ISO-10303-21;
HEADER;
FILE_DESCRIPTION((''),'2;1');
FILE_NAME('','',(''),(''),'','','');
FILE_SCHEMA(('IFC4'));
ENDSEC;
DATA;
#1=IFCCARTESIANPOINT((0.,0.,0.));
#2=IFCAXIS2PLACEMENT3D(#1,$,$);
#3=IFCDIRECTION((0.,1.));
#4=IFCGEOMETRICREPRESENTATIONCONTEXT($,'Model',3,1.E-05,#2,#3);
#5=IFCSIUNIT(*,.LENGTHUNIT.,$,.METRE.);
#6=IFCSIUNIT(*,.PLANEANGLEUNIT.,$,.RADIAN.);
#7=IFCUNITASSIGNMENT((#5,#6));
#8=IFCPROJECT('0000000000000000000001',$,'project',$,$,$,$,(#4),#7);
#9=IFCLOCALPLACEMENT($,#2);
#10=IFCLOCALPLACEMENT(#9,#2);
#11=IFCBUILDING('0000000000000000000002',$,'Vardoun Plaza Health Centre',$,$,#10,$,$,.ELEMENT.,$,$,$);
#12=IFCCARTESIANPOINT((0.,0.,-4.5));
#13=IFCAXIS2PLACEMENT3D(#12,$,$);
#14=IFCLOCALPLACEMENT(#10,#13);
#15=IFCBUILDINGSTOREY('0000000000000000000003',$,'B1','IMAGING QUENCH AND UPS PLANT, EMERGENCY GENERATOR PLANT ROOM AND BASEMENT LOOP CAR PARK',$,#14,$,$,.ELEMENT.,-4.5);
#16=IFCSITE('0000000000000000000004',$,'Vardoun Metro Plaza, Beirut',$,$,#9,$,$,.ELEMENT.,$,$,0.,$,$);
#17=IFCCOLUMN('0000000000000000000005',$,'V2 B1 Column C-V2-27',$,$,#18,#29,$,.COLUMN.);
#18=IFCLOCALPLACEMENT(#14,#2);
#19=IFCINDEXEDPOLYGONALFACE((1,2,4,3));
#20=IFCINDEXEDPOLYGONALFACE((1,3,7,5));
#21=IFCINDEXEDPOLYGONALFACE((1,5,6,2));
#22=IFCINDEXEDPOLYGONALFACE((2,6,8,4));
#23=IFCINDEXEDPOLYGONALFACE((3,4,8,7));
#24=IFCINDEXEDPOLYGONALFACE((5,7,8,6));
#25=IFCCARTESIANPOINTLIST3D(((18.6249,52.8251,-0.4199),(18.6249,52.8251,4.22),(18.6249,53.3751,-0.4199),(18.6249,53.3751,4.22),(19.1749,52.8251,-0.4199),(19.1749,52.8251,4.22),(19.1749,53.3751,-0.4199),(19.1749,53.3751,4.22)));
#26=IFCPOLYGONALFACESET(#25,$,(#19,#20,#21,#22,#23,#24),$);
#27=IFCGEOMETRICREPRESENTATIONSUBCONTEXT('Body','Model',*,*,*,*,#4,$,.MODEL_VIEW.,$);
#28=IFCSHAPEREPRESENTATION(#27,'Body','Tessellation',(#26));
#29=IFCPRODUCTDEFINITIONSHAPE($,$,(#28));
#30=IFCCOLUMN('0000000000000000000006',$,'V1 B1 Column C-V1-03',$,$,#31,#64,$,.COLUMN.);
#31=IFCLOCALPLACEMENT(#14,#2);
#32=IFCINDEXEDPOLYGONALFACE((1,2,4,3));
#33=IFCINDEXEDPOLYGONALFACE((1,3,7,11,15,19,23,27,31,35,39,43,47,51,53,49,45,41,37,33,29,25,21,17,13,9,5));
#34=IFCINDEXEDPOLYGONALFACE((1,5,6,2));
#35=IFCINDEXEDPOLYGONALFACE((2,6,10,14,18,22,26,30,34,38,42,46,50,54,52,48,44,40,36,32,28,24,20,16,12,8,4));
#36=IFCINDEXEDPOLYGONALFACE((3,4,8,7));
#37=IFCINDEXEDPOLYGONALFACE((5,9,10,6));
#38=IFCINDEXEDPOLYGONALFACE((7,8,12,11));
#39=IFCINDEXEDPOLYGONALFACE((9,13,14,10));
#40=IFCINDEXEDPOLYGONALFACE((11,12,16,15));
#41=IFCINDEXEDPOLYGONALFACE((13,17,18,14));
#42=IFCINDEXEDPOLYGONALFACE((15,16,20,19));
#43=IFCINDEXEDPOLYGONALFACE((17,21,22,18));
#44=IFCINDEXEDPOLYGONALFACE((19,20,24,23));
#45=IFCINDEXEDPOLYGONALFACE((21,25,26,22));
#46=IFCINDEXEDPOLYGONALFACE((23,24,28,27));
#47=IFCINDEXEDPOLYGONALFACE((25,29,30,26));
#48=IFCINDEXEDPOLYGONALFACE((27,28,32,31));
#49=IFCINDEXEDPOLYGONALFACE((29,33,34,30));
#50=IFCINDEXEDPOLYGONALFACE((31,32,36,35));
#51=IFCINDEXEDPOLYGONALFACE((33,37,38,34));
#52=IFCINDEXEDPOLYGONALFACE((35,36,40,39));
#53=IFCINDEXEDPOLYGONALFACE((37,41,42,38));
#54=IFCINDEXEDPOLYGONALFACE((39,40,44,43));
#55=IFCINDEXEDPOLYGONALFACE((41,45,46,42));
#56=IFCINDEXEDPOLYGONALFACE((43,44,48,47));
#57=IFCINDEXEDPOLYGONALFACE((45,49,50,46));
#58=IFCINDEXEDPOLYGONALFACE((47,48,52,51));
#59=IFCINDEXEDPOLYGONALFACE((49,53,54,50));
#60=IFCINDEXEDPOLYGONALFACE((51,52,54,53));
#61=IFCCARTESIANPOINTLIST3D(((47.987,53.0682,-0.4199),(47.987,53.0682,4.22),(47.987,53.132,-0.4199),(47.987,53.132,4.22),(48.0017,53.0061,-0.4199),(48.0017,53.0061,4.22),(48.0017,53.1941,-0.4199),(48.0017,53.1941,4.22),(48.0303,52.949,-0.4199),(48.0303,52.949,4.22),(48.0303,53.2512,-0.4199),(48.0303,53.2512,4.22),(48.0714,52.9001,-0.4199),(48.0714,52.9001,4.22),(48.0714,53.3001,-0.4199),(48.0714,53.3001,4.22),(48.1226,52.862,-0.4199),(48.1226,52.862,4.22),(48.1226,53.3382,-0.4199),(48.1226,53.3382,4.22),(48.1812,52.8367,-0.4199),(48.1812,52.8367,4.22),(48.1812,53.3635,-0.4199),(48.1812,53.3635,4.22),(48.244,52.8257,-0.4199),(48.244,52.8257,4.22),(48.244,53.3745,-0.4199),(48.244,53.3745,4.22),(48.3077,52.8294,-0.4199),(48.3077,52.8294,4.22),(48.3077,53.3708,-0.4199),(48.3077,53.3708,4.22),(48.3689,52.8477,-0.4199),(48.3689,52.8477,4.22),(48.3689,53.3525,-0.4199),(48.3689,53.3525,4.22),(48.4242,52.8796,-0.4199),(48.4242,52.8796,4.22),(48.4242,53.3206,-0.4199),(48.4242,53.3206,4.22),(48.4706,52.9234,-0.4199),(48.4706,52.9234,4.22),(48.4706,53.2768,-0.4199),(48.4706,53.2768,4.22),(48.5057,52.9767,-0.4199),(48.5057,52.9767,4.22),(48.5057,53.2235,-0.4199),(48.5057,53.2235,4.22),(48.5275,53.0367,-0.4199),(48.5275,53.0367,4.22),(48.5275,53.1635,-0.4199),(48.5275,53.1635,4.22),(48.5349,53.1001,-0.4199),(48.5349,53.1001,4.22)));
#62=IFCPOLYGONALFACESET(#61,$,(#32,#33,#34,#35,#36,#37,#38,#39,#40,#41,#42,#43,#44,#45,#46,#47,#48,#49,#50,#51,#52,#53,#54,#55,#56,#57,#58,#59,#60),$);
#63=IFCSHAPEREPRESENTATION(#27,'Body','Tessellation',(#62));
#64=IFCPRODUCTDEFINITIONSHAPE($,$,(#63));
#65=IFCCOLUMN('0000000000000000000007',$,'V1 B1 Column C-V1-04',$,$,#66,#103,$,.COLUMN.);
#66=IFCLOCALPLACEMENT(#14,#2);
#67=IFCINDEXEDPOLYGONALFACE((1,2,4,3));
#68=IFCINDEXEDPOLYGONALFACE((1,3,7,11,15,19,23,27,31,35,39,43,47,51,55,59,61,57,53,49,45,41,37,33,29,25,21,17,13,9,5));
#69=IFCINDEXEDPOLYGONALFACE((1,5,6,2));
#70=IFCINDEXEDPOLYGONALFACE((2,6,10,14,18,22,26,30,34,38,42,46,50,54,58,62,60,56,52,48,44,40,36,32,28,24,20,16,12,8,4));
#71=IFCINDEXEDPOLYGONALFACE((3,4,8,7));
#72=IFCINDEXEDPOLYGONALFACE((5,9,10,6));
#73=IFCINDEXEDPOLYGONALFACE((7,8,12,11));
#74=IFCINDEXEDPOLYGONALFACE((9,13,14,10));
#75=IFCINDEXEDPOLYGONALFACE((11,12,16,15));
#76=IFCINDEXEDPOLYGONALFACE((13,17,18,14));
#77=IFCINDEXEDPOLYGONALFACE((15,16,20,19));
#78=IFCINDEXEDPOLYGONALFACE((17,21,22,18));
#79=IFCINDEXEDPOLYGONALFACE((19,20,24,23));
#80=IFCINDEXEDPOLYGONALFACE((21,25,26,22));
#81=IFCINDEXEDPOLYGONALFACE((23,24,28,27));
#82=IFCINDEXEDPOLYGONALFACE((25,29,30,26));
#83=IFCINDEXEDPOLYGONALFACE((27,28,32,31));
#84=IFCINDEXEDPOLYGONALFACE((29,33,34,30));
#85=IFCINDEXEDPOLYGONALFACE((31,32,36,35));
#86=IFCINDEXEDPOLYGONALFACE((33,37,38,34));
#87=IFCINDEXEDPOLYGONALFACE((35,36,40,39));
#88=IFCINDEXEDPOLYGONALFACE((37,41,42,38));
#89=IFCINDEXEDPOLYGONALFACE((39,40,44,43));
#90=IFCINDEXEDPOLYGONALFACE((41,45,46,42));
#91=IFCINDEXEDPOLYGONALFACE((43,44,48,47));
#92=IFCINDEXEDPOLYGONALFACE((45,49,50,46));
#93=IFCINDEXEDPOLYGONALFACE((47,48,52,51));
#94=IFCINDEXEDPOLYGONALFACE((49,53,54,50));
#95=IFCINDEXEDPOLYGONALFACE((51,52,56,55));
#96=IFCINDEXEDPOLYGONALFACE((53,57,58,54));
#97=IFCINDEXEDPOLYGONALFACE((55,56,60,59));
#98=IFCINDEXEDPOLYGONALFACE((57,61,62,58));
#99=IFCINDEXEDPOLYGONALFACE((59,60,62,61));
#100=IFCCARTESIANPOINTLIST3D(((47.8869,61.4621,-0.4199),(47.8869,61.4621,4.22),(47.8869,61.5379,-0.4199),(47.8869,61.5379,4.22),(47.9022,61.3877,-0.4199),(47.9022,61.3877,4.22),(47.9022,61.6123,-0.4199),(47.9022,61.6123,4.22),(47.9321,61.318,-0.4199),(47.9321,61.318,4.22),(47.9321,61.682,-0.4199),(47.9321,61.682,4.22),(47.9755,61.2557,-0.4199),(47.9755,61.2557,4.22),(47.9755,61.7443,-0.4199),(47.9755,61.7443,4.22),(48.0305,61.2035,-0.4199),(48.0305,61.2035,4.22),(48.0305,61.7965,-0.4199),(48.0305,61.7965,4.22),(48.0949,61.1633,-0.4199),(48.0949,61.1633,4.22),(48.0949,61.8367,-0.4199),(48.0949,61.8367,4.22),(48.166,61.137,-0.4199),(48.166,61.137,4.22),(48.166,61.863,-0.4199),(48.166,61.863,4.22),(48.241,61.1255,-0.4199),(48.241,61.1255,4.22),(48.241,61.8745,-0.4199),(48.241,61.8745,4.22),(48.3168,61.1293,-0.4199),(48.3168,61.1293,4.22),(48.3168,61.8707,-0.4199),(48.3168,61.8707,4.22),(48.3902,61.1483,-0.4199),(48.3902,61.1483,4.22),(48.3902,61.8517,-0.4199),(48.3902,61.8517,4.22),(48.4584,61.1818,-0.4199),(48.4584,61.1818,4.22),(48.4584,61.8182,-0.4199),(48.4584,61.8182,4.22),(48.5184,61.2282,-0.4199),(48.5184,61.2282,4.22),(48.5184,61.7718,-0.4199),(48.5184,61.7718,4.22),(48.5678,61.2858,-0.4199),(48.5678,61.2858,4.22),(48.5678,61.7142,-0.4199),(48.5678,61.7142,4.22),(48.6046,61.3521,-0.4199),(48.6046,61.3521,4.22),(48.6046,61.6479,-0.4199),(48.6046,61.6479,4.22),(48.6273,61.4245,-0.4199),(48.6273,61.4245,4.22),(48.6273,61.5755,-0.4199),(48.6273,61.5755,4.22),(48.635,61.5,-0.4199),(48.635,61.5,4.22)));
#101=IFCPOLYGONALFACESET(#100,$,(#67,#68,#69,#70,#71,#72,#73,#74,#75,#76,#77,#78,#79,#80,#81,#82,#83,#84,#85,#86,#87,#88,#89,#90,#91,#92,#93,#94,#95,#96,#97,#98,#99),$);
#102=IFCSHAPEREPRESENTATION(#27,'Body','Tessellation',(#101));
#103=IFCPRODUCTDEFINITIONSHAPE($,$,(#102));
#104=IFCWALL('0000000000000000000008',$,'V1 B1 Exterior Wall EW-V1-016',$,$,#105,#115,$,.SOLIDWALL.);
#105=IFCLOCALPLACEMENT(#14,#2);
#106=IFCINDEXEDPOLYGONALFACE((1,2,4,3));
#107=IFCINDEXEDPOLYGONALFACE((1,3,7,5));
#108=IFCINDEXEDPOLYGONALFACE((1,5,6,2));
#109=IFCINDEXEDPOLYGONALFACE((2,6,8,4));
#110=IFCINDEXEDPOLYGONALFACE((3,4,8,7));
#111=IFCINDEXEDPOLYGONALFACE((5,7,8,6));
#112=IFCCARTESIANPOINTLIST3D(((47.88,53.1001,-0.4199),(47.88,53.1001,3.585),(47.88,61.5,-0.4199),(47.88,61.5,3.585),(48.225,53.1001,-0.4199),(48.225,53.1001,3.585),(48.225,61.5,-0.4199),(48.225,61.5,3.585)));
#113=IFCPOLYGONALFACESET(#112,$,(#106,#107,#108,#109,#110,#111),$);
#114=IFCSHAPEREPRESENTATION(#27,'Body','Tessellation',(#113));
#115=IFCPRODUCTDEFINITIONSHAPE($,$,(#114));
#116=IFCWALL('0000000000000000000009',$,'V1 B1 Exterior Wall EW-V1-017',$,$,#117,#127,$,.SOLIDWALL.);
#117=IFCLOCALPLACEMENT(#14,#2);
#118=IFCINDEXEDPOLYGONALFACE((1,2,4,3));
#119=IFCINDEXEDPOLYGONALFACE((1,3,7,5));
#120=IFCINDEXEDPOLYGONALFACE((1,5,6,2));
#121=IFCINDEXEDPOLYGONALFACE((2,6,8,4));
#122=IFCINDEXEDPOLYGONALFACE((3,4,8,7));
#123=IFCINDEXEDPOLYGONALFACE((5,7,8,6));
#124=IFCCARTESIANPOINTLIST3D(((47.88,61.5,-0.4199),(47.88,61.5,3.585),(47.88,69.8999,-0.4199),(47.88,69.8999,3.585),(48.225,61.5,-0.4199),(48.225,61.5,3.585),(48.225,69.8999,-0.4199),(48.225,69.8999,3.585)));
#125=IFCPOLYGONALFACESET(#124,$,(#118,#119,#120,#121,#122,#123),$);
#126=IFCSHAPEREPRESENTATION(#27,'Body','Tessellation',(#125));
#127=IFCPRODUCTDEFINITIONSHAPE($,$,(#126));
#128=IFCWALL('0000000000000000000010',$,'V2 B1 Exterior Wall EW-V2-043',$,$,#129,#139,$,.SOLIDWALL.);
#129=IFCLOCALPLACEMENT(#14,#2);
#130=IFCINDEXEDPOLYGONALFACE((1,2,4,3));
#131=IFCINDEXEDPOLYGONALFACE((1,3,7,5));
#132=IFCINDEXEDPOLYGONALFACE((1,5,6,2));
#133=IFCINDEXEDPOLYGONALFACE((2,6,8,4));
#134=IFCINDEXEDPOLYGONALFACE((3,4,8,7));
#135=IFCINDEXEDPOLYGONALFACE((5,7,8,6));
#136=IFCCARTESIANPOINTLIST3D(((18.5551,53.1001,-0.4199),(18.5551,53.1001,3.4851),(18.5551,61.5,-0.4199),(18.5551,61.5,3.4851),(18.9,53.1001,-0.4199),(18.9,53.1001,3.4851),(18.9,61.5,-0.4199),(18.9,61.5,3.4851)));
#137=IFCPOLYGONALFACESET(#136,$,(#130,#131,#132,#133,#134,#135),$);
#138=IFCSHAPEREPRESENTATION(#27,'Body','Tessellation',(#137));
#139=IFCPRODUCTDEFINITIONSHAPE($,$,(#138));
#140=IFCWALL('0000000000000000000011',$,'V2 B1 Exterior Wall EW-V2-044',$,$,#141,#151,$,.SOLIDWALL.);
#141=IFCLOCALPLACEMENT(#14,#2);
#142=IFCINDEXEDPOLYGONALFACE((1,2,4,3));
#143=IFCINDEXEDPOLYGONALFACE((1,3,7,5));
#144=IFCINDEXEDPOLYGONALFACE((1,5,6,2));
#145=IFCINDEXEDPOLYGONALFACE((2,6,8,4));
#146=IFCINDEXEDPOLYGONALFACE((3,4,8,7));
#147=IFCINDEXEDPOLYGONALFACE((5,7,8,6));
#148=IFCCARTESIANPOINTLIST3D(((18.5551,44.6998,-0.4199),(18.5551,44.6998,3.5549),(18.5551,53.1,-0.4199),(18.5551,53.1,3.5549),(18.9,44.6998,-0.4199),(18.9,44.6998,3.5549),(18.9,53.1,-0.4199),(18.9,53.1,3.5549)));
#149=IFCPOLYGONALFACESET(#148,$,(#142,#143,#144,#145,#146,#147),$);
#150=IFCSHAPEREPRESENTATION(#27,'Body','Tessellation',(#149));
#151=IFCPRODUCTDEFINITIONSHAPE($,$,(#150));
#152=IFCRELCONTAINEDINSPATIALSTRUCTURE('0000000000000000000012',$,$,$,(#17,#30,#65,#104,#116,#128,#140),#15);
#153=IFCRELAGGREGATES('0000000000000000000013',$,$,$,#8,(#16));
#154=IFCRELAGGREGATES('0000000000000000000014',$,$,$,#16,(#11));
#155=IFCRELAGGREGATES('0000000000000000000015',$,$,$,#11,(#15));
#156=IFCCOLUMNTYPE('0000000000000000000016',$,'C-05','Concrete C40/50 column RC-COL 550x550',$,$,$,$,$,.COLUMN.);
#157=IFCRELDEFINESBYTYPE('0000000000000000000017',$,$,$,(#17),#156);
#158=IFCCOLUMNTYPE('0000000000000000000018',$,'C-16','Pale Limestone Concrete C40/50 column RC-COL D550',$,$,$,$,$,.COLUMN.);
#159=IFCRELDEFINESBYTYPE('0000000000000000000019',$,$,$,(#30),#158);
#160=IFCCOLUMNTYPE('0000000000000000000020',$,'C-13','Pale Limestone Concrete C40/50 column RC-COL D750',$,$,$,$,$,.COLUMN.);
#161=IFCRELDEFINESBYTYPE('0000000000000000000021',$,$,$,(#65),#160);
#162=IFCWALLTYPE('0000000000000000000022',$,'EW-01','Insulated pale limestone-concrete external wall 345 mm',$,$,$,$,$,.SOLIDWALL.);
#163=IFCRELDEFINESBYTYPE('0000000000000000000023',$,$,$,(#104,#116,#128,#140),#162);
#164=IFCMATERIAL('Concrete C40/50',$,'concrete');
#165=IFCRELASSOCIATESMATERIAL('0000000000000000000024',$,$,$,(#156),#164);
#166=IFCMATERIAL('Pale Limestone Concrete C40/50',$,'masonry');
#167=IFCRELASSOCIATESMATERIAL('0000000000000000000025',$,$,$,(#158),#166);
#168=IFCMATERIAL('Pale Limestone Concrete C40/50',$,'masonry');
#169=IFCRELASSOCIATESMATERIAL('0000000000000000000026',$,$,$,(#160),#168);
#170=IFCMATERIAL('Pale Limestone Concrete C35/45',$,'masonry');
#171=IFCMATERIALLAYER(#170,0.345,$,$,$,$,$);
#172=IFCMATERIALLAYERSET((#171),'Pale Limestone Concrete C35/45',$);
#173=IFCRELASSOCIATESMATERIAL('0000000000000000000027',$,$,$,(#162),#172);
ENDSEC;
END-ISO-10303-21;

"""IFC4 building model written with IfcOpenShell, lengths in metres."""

from ifc_helpers import new_model, si_unit, direction, frame, frame_2d, origin, origin_2d, place, context, subcontext, project, spatial, rectangle, circle, extrude, material, layer, layer_set, material_profile, profile_set, type_object, element, save


model = new_model("IFC4")

# Units and contexts
model_context = context("Model", 3, precision=1e-05, world=origin(), true_north=direction((0.0, 1.0)))
body_context = subcontext(model_context, "Body", "Model", "MODEL_VIEW")
ifc_project = project(units=[si_unit("LENGTHUNIT", "METRE"), si_unit("PLANEANGLEUNIT", "RADIAN")], contexts=[model_context])

# Site, building, storey
site_placement = place(None, origin())
site = spatial("IfcSite", under=ifc_project, at=site_placement, Name="Vardoun Metro Plaza, Beirut", CompositionType="ELEMENT", RefElevation=0.0)
building_placement = place(site_placement, origin())
building = spatial("IfcBuilding", under=site, at=building_placement, Name="Vardoun Plaza Health Centre", CompositionType="ELEMENT")
storey_placement = place(building_placement, frame((0.0, 0.0, -4.5)))
storey = spatial("IfcBuildingStorey", under=building, at=storey_placement, Name="B1", Description="IMAGING QUENCH AND UPS PLANT, EMERGENCY GENERATOR PLANT ROOM AND BASEMENT LOOP CAR PARK", CompositionType="ELEMENT", Elevation=-4.5)

# Columns
ifc_material_1 = material(Name="Concrete C40/50", Category="concrete")
ifc_material_profile_1 = material_profile(ifc_material_1, rectangle(XDim=0.55, YDim=0.55, at=origin_2d()), Name="RC-COL 550x550")
ifc_profile_set_1 = profile_set([ifc_material_profile_1], Name="Concrete C40/50")
column_type_1 = type_object("IfcColumnType", Name="C-05", Description="Concrete C40/50 column RC-COL 550x550", PredefinedType="COLUMN", material=ifc_profile_set_1)
column_1_placement = place(storey_placement, frame((18.8999, 53.1001, -0.4199), z_axis=(0.0, 0.0, 1.0), x_axis=(1.0, 0.0, 0.0)))
element("IfcColumn", 1, at=column_1_placement, inside=storey, type_object=column_type_1, Name="V2 B1 Column C-V2-27", PredefinedType="COLUMN", context=body_context, shape_type="SweptSolid", body=[
    extrude(rectangle(XDim=0.55, YDim=0.55, at=origin_2d()), origin(), (0.0, 0.0, 1.0), 4.6399),
])
ifc_material_2 = material(Name="Pale Limestone Concrete C40/50", Category="masonry")
ifc_material_profile_2 = material_profile(ifc_material_2, circle(Radius=0.2749, at=origin_2d()), Name="RC-COL D550")
ifc_profile_set_2 = profile_set([ifc_material_profile_2], Name="Pale Limestone Concrete C40/50")
column_type_2 = type_object("IfcColumnType", Name="C-16", Description="Pale Limestone Concrete C40/50 column RC-COL D550", PredefinedType="COLUMN", material=ifc_profile_set_2)
column_2_placement = place(storey_placement, frame((48.26, 53.1001, -0.4199), z_axis=(0.0, 0.0, 1.0), x_axis=(1.0, 0.0, 0.0)))
element("IfcColumn", 2, at=column_2_placement, inside=storey, type_object=column_type_2, Name="V1 B1 Column C-V1-03", PredefinedType="COLUMN", context=body_context, shape_type="SweptSolid", body=[
    extrude(circle(Radius=0.2749, at=origin_2d()), origin(), (0.0, 0.0, 1.0), 4.6399),
])
ifc_material_3 = material(Name="Pale Limestone Concrete C40/50", Category="masonry")
ifc_material_profile_3 = material_profile(ifc_material_3, circle(Radius=0.375, at=origin_2d()), Name="RC-COL D750")
ifc_profile_set_3 = profile_set([ifc_material_profile_3], Name="Pale Limestone Concrete C40/50")
column_type_3 = type_object("IfcColumnType", Name="C-13", Description="Pale Limestone Concrete C40/50 column RC-COL D750", PredefinedType="COLUMN", material=ifc_profile_set_3)
column_3_placement = place(storey_placement, frame((48.26, 61.5, -0.4199), z_axis=(0.0, 0.0, 1.0), x_axis=(1.0, 0.0, 0.0)))
element("IfcColumn", 3, at=column_3_placement, inside=storey, type_object=column_type_3, Name="V1 B1 Column C-V1-04", PredefinedType="COLUMN", context=body_context, shape_type="SweptSolid", body=[
    extrude(circle(Radius=0.375, at=origin_2d()), origin(), (0.0, 0.0, 1.0), 4.6399),
])

# Walls
ifc_material_4 = material(Name="Pale Limestone Concrete C35/45", Category="masonry")
ifc_layer = layer(ifc_material_4, 0.345)
ifc_layer_set = layer_set([ifc_layer], Name="Pale Limestone Concrete C35/45")
wall_type = type_object("IfcWallType", Name="EW-01", Description="Insulated pale limestone-concrete external wall 345 mm", PredefinedType="SOLIDWALL", material=ifc_layer_set)
for number, where, z_axis, x_axis, name in (
    (4, (48.0525, 53.1001, -0.4199), (0.0, 0.0, 1.0), (0.0, 1.0, 0.0), "V1 B1 Exterior Wall EW-V1-016"),
    (5, (48.0525, 61.5, -0.4199), (0.0, 0.0, 1.0), (0.0, 1.0, 0.0), "V1 B1 Exterior Wall EW-V1-017"),
):
    element("IfcWall", number, at=place(storey_placement, frame(where, z_axis=z_axis, x_axis=x_axis)), inside=storey, type_object=wall_type, Name=name, PredefinedType="SOLIDWALL", context=body_context, shape_type="SweptSolid", body=[
        extrude(rectangle(XDim=8.3999, YDim=0.345, at=frame_2d((4.2, 0.0))), origin(), (0.0, 0.0, 1.0), 4.0049),
    ])
wall_1_placement = place(storey_placement, frame((18.7275, 61.5, -0.4199), z_axis=(0.0, 0.0, 1.0), x_axis=(0.0, -1.0, 0.0)))
element("IfcWall", 6, at=wall_1_placement, inside=storey, type_object=wall_type, Name="V2 B1 Exterior Wall EW-V2-043", PredefinedType="SOLIDWALL", context=body_context, shape_type="SweptSolid", body=[
    extrude(rectangle(XDim=8.3999, YDim=0.345, at=frame_2d((4.2, 0.0))), origin(), (0.0, 0.0, 1.0), 3.905),
])
wall_2_placement = place(storey_placement, frame((18.7275, 53.1001, -0.4199), z_axis=(0.0, 0.0, 1.0), x_axis=(0.0, -1.0, 0.0)))
element("IfcWall", 7, at=wall_2_placement, inside=storey, type_object=wall_type, Name="V2 B1 Exterior Wall EW-V2-044", PredefinedType="SOLIDWALL", context=body_context, shape_type="SweptSolid", body=[
    extrude(rectangle(XDim=8.4001, YDim=0.345, at=frame_2d((4.2002, 0.0))), origin(), (0.0, 0.0, 1.0), 3.9749),
])

save(model, "model.ifc")
